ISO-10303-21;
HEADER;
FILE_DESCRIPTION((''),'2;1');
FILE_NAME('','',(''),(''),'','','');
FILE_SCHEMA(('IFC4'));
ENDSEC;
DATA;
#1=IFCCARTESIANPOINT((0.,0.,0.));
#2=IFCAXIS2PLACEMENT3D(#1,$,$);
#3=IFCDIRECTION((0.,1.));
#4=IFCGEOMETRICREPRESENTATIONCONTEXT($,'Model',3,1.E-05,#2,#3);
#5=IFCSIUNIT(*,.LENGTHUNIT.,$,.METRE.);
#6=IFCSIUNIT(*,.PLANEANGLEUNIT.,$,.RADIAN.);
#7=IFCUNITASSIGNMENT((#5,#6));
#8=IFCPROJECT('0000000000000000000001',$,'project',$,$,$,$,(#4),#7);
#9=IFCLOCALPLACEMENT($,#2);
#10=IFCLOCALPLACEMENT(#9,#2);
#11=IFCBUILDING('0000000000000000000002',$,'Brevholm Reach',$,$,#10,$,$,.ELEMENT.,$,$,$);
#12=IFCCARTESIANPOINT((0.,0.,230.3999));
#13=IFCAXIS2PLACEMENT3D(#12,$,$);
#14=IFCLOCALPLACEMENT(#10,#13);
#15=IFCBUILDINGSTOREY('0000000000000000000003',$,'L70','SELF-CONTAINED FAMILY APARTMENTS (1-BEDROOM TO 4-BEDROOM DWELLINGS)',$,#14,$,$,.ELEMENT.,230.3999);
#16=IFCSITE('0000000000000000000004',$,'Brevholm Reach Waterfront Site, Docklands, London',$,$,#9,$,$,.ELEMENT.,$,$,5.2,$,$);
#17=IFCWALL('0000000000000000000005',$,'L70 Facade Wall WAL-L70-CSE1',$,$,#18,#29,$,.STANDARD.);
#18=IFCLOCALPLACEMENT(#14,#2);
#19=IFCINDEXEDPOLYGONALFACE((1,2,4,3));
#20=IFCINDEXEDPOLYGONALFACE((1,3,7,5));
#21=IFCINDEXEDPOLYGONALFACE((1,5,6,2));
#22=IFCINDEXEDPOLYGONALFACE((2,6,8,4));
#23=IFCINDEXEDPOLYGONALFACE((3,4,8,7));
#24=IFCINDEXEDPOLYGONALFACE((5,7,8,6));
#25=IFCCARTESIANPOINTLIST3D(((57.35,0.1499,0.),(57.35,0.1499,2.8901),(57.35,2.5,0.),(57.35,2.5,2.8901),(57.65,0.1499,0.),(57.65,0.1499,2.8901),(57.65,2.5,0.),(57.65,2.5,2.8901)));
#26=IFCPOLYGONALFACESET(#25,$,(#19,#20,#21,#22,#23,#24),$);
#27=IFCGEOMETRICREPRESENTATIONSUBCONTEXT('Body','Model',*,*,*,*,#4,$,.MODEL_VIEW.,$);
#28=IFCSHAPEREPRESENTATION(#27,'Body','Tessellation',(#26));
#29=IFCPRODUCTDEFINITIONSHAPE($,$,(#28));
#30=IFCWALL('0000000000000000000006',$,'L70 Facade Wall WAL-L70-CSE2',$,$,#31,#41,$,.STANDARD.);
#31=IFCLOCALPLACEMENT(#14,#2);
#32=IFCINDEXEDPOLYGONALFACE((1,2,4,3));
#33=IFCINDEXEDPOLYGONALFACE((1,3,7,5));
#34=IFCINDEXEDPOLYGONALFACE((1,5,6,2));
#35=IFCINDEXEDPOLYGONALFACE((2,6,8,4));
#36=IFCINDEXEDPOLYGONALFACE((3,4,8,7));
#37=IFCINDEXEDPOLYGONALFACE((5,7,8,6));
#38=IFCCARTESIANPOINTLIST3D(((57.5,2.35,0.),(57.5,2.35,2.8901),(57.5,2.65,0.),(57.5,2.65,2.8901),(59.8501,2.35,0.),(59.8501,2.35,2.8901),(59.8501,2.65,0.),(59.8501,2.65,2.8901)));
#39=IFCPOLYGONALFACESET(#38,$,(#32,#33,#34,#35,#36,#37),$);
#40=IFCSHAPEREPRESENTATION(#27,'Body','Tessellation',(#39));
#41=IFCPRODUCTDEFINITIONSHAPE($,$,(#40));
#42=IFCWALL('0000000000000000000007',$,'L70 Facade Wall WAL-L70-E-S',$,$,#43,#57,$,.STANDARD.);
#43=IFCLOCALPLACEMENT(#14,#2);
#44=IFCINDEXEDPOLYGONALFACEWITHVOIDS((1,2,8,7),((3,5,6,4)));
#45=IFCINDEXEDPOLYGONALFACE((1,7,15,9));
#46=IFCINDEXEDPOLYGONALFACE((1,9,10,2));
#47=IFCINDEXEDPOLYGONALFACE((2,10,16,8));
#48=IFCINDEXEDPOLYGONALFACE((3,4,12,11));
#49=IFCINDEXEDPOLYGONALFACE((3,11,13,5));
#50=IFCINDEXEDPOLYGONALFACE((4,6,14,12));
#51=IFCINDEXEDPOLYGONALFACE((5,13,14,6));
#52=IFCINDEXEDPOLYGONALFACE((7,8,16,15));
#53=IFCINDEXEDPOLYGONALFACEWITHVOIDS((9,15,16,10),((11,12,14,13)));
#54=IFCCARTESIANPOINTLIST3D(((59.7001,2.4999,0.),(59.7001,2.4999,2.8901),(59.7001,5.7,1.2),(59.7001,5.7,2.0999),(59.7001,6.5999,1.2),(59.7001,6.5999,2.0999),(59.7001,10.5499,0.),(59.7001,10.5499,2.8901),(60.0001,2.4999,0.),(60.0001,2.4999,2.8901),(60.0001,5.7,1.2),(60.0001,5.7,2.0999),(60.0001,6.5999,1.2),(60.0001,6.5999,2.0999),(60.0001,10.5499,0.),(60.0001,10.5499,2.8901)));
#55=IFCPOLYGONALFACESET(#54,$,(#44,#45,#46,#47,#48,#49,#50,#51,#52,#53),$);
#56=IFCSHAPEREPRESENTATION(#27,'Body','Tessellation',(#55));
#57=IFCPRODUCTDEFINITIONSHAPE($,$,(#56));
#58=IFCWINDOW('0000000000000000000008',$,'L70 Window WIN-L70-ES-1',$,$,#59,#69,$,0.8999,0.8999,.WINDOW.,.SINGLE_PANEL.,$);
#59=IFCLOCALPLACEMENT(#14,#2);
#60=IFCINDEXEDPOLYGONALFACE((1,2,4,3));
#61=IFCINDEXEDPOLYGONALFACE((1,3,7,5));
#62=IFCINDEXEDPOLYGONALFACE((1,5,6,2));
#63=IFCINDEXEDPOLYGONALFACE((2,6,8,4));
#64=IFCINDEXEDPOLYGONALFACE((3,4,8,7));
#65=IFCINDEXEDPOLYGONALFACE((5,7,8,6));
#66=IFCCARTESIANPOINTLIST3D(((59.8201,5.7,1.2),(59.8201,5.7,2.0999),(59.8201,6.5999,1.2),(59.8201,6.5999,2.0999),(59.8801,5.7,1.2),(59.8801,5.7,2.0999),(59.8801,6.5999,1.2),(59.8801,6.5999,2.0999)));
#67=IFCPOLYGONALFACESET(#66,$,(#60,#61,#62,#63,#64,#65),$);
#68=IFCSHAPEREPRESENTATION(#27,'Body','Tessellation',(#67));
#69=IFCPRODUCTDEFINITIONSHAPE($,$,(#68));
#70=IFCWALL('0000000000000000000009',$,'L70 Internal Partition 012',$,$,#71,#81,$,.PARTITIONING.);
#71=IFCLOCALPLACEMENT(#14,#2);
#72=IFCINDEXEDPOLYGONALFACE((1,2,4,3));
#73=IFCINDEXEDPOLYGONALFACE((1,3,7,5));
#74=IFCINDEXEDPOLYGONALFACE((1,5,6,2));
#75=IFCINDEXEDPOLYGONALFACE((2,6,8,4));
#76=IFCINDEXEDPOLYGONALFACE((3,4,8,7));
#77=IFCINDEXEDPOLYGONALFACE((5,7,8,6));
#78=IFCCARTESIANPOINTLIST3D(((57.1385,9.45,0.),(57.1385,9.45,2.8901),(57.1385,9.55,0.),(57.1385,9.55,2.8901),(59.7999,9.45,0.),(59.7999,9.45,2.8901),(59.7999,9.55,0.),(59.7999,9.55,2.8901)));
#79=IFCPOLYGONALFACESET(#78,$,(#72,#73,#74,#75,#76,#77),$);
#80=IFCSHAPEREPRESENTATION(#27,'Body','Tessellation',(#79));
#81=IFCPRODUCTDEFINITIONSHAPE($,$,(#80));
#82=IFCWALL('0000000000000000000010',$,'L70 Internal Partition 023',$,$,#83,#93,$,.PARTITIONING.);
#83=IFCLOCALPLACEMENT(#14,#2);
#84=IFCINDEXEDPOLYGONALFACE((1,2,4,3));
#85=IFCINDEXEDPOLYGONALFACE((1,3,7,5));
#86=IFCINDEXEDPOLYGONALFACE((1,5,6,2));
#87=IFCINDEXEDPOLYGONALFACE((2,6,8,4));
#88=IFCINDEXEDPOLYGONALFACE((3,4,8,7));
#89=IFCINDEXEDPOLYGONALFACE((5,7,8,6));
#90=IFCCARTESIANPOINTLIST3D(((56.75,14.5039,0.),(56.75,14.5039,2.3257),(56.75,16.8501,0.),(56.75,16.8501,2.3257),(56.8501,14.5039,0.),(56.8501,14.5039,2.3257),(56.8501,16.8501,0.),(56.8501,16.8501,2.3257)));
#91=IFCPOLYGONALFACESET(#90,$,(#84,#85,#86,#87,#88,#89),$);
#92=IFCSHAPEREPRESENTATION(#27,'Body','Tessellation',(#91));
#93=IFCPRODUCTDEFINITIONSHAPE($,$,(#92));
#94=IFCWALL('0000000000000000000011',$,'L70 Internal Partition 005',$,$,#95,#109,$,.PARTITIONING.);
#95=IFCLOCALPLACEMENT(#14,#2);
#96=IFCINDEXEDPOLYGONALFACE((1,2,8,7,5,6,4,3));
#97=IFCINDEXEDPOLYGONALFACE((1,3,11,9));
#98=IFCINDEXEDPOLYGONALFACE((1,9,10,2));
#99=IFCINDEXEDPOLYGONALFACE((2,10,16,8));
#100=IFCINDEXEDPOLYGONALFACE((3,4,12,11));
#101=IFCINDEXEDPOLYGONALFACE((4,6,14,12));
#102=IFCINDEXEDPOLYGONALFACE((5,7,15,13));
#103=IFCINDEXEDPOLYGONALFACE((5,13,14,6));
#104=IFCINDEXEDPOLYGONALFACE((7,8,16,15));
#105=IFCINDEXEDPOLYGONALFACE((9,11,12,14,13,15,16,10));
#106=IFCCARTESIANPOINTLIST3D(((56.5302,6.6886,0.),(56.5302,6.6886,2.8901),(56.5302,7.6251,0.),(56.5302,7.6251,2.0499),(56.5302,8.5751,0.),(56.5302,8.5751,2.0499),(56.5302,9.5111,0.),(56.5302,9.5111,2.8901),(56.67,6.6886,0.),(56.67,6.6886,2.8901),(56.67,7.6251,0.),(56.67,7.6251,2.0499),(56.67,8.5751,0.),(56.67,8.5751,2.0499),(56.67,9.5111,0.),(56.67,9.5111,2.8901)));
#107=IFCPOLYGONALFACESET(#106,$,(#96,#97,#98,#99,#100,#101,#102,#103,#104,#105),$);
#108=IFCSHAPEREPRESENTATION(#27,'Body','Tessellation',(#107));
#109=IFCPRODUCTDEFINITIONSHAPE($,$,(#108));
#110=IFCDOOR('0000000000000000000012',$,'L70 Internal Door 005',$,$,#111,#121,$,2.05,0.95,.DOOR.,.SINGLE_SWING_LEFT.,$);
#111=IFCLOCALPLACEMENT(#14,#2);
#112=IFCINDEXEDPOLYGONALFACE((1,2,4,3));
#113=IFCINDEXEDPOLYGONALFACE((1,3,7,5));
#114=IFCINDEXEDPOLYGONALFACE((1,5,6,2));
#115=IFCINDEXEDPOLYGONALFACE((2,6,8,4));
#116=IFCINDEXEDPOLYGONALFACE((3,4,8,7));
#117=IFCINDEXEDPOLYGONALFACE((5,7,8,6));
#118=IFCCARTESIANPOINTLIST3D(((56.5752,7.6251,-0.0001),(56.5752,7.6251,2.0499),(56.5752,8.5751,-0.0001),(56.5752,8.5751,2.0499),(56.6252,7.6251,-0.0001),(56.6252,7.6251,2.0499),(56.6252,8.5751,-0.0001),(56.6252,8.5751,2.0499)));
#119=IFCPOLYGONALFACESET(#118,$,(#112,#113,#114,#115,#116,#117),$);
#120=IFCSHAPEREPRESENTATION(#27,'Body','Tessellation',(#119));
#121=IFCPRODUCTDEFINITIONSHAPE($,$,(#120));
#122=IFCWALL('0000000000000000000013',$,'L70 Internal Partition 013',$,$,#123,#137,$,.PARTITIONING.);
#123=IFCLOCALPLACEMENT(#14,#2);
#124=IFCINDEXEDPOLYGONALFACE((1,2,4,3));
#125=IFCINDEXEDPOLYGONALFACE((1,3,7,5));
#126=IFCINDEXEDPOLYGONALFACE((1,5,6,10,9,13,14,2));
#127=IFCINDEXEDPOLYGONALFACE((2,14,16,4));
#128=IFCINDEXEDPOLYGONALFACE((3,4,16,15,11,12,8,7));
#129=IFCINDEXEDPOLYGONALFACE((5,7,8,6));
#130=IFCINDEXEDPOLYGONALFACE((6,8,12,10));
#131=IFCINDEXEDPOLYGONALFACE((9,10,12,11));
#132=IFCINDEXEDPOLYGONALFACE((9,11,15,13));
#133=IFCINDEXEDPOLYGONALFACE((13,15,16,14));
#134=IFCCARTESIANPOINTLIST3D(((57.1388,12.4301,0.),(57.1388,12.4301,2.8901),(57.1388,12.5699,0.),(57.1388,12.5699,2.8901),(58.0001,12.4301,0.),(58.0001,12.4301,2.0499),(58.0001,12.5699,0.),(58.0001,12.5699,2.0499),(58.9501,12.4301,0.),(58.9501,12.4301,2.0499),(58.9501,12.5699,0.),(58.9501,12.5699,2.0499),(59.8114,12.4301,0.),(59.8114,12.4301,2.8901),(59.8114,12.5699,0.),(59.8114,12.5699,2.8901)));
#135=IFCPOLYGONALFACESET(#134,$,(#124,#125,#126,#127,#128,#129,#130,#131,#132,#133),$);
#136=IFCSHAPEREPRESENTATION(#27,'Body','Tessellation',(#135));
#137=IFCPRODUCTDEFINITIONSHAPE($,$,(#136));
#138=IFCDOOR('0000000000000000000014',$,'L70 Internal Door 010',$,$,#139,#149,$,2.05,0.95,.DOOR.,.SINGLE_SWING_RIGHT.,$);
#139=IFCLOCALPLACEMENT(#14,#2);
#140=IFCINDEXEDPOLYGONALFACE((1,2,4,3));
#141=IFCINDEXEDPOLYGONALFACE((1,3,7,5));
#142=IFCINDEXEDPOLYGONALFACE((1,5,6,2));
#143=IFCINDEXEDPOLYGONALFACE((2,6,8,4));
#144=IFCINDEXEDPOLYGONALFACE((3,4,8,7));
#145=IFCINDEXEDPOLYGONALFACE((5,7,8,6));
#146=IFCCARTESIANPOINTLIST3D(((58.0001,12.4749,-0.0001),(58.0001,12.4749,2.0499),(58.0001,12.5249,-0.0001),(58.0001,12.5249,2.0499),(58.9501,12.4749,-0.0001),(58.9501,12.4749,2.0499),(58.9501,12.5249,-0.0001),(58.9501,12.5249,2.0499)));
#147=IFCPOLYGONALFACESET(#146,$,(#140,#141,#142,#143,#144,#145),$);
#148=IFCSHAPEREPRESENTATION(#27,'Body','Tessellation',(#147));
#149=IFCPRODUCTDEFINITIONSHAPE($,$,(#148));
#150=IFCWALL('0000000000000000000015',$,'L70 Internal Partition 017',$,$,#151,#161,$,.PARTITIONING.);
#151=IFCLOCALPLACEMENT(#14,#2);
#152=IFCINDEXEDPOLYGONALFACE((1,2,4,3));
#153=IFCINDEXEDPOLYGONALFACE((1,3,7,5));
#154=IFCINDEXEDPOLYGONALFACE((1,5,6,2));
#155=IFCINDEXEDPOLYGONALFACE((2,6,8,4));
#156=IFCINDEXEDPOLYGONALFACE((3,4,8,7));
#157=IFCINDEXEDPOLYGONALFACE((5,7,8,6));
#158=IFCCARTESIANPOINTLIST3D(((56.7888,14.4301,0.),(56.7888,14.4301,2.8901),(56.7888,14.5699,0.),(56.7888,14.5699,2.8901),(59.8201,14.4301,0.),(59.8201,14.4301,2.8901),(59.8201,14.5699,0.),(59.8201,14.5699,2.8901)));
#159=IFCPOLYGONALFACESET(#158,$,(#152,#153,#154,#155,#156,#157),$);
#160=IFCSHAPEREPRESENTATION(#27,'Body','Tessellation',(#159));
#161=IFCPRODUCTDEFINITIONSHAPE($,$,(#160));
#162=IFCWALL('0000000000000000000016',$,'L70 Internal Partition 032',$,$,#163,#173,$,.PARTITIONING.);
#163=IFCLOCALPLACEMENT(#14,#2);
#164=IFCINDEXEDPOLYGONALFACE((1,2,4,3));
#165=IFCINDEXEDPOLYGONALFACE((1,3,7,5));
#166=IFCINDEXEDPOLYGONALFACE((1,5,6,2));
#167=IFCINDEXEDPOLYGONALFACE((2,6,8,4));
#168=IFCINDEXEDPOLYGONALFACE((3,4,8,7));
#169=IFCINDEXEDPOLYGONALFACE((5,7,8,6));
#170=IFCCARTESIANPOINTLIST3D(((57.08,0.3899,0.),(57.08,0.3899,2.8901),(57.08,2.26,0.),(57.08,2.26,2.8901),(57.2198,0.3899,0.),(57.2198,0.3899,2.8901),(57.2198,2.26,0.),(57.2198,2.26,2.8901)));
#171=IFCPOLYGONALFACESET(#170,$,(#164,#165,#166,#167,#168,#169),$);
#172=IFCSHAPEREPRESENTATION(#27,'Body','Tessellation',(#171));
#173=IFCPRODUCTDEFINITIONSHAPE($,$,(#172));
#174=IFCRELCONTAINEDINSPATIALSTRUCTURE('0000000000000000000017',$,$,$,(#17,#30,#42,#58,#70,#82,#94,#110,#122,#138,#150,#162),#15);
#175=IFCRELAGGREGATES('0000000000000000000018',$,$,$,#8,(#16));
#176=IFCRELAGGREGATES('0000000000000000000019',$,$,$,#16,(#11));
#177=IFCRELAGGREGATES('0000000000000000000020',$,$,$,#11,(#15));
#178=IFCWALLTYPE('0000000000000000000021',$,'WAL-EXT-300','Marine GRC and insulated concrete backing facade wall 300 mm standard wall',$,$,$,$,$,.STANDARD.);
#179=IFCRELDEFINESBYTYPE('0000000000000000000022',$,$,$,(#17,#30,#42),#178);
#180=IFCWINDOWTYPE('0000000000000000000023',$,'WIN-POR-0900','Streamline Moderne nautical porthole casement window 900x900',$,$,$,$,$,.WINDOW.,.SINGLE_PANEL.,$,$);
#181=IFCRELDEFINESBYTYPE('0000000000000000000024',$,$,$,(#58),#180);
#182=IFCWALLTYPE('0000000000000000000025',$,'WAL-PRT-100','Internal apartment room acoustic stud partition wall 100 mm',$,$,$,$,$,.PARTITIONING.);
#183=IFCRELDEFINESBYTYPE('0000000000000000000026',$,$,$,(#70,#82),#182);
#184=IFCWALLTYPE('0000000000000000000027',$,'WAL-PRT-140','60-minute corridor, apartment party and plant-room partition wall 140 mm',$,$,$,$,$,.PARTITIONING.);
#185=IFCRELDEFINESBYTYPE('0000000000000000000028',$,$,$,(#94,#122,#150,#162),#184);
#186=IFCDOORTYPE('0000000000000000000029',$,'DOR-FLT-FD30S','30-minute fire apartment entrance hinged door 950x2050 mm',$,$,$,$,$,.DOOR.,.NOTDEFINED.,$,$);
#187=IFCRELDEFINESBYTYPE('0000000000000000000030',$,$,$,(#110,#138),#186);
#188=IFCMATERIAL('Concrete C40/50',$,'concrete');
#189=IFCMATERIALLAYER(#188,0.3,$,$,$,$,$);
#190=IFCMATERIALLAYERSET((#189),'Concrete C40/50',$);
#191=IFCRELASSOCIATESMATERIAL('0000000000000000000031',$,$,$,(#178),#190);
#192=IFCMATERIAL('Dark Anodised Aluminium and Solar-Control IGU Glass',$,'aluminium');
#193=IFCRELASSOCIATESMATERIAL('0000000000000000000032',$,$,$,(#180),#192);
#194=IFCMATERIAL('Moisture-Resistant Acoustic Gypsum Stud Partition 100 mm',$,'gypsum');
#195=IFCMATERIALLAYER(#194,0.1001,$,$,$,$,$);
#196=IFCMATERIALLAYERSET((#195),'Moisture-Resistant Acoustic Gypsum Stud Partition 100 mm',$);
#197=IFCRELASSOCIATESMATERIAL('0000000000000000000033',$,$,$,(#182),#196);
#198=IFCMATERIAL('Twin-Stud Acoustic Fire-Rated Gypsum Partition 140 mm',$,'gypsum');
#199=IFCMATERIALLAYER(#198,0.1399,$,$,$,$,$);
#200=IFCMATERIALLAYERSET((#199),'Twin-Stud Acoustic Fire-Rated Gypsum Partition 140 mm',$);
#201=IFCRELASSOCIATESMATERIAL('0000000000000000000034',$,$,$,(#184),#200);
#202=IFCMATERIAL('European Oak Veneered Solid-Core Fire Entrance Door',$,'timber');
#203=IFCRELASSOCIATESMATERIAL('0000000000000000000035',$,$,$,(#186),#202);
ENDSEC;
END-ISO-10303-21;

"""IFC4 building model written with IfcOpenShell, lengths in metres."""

from ifc_helpers import new_model, si_unit, direction, frame, frame_2d, origin, place, context, subcontext, project, spatial, rectangle, extrude, material, layer, layer_set, type_object, element, fill, save


model = new_model("IFC4")

# Units and contexts
model_context = context("Model", 3, precision=1e-05, world=origin(), true_north=direction((0.0, 1.0)))
body_context = subcontext(model_context, "Body", "Model", "MODEL_VIEW")
ifc_project = project(units=[si_unit("LENGTHUNIT", "METRE"), si_unit("PLANEANGLEUNIT", "RADIAN")], contexts=[model_context])

# Site, building, storey
site_placement = place(None, origin())
site = spatial("IfcSite", under=ifc_project, at=site_placement, Name="Brevholm Reach Waterfront Site, Docklands, London", CompositionType="ELEMENT", RefElevation=5.2)
building_placement = place(site_placement, origin())
building = spatial("IfcBuilding", under=site, at=building_placement, Name="Brevholm Reach", CompositionType="ELEMENT")
storey_placement = place(building_placement, frame((0.0, 0.0, 230.3999)))
storey = spatial("IfcBuildingStorey", under=building, at=storey_placement, Name="L70", Description="SELF-CONTAINED FAMILY APARTMENTS (1-BEDROOM TO 4-BEDROOM DWELLINGS)", CompositionType="ELEMENT", Elevation=230.3999)

# Walls
ifc_material_1 = material(Name="Concrete C40/50", Category="concrete")
ifc_layer_1 = layer(ifc_material_1, 0.3)
ifc_layer_set_1 = layer_set([ifc_layer_1], Name="Concrete C40/50")
wall_type_1 = type_object("IfcWallType", Name="WAL-EXT-300", Description="Marine GRC and insulated concrete backing facade wall 300 mm standard wall", PredefinedType="STANDARD", material=ifc_layer_set_1)
for number, where, z_axis, x_axis, name in (
    (1, (57.5, 0.1499, 0.0), (0.0, 0.0, 1.0), (0.0, 1.0, 0.0), "L70 Facade Wall WAL-L70-CSE1"),
    (2, (57.5, 2.5, 0.0), (0.0, 0.0, 1.0), (1.0, 0.0, 0.0), "L70 Facade Wall WAL-L70-CSE2"),
):
    element("IfcWall", number, at=place(storey_placement, frame(where, z_axis=z_axis, x_axis=x_axis)), inside=storey, type_object=wall_type_1, Name=name, PredefinedType="STANDARD", context=body_context, shape_type="SweptSolid", body=[
        extrude(rectangle(XDim=2.3501, YDim=0.3, at=frame_2d((1.175, 0.0))), origin(), (0.0, 0.0, 1.0), 2.8901),
    ])

# Wall, opening, window
wall_1_placement = place(storey_placement, frame((59.8501, 2.5, 0.0), z_axis=(0.0, 0.0, 1.0), x_axis=(0.0, 1.0, 0.0)))
wall_1 = element("IfcWall", 3, at=wall_1_placement, inside=storey, type_object=wall_type_1, Name="L70 Facade Wall WAL-L70-E-S", PredefinedType="STANDARD", context=body_context, shape_type="SweptSolid", body=[
    extrude(rectangle(XDim=8.05, YDim=0.3, at=frame_2d((4.0249, 0.0))), origin(), (0.0, 0.0, 1.0), 2.8901),
])
opening_1_placement = place(wall_1_placement, frame((3.2, 0.0, 1.2)))
opening_1 = element("IfcOpeningElement", 4, at=opening_1_placement, cuts=wall_1, PredefinedType="OPENING", context=body_context, shape_type="SweptSolid", body=[
    extrude(rectangle(XDim=0.8999, YDim=0.8999, at=frame_2d((0.45, 0.45))), frame((0.0, 0.1599, 0.0), z_axis=(0.0, -1.0, 0.0), x_axis=(1.0, 0.0, 0.0)), (0.0, 0.0, 1.0), 0.3201),
])
ifc_material_2 = material(Name="Dark Anodised Aluminium and Solar-Control IGU Glass", Category="aluminium")
window_type = type_object("IfcWindowType", Name="WIN-POR-0900", Description="Streamline Moderne nautical porthole casement window 900x900", PartitioningType="SINGLE_PANEL", PredefinedType="WINDOW", material=ifc_material_2)
window_placement = place(opening_1_placement, origin())
window = element("IfcWindow", 5, at=window_placement, inside=storey, type_object=window_type, Name="L70 Window WIN-L70-ES-1", OverallHeight=0.8999, OverallWidth=0.8999, PartitioningType="SINGLE_PANEL", PredefinedType="WINDOW", context=body_context, shape_type="SweptSolid", body=[
    extrude(rectangle(XDim=0.8999, YDim=0.8999, at=frame_2d((0.45, 0.45))), frame((0.0, 0.03, 0.0), z_axis=(0.0, -1.0, 0.0), x_axis=(1.0, 0.0, 0.0)), (0.0, 0.0, 1.0), 0.0601),
])
fill(opening_1, window)

# Walls
ifc_material_3 = material(Name="Moisture-Resistant Acoustic Gypsum Stud Partition 100 mm", Category="gypsum")
ifc_layer_2 = layer(ifc_material_3, 0.1001)
ifc_layer_set_2 = layer_set([ifc_layer_2], Name="Moisture-Resistant Acoustic Gypsum Stud Partition 100 mm")
wall_type_2 = type_object("IfcWallType", Name="WAL-PRT-100", Description="Internal apartment room acoustic stud partition wall 100 mm", PredefinedType="PARTITIONING", material=ifc_layer_set_2)
wall_2_placement = place(storey_placement, frame((57.1387, 9.5, 0.0), z_axis=(0.0, 0.0, 1.0), x_axis=(1.0, 0.0, 0.0)))
element("IfcWall", 6, at=wall_2_placement, inside=storey, type_object=wall_type_2, Name="L70 Internal Partition 012", PredefinedType="PARTITIONING", context=body_context, shape_type="SweptSolid", body=[
    extrude(rectangle(XDim=2.6614, YDim=0.1001, at=frame_2d((1.3306, 0.0))), origin(), (0.0, 0.0, 1.0), 2.8901),
])
wall_3_placement = place(storey_placement, frame((56.8, 14.5039, 0.0), z_axis=(0.0, 0.0, 1.0), x_axis=(0.0, 1.0, 0.0)))
element("IfcWall", 7, at=wall_3_placement, inside=storey, type_object=wall_type_2, Name="L70 Internal Partition 023", PredefinedType="PARTITIONING", context=body_context, shape_type="SweptSolid", body=[
    extrude(rectangle(XDim=2.3462, YDim=0.1001, at=frame_2d((1.1731, 0.0))), origin(), (0.0, 0.0, 1.0), 2.3257),
])

# Walls, openings, doors
ifc_material_4 = material(Name="Twin-Stud Acoustic Fire-Rated Gypsum Partition 140 mm", Category="gypsum")
ifc_layer_3 = layer(ifc_material_4, 0.1399)
ifc_layer_set_3 = layer_set([ifc_layer_3], Name="Twin-Stud Acoustic Fire-Rated Gypsum Partition 140 mm")
wall_type_3 = type_object("IfcWallType", Name="WAL-PRT-140", Description="60-minute corridor, apartment party and plant-room partition wall 140 mm", PredefinedType="PARTITIONING", material=ifc_layer_set_3)
wall_4_placement = place(storey_placement, frame((56.6001, 6.6887, 0.0), z_axis=(0.0, 0.0, 1.0), x_axis=(0.0, 1.0, 0.0)))
wall_4 = element("IfcWall", 8, at=wall_4_placement, inside=storey, type_object=wall_type_3, Name="L70 Internal Partition 005", PredefinedType="PARTITIONING", context=body_context, shape_type="SweptSolid", body=[
    extrude(rectangle(XDim=2.8225, YDim=0.1399, at=frame_2d((1.4111, 0.0))), origin(), (0.0, 0.0, 1.0), 2.8901),
])
opening_2_placement = place(wall_4_placement, frame((0.9363, 0.0, 0.0)))
opening_2 = element("IfcOpeningElement", 9, at=opening_2_placement, cuts=wall_4, PredefinedType="OPENING", context=body_context, shape_type="SweptSolid", body=[
    extrude(rectangle(XDim=0.95, YDim=2.05, at=frame_2d((0.4751, 1.0249))), frame((0.0, 0.0798, 0.0), z_axis=(0.0, -1.0, 0.0), x_axis=(1.0, 0.0, 0.0)), (0.0, 0.0, 1.0), 0.1599),
])
ifc_material_5 = material(Name="European Oak Veneered Solid-Core Fire Entrance Door", Category="timber")
door_type = type_object("IfcDoorType", Name="DOR-FLT-FD30S", Description="30-minute fire apartment entrance hinged door 950x2050 mm", OperationType="NOTDEFINED", PredefinedType="DOOR", material=ifc_material_5)
door_1_placement = place(opening_2_placement, origin())
door_1 = element("IfcDoor", 10, at=door_1_placement, inside=storey, type_object=door_type, Name="L70 Internal Door 005", OperationType="SINGLE_SWING_LEFT", OverallHeight=2.05, OverallWidth=0.95, PredefinedType="DOOR", context=body_context, shape_type="SweptSolid", body=[
    extrude(rectangle(XDim=0.95, YDim=2.05, at=frame_2d((0.4751, 1.0249))), frame((0.0, 0.0249, 0.0), z_axis=(0.0, -1.0, 0.0), x_axis=(1.0, 0.0, 0.0)), (0.0, 0.0, 1.0), 0.05),
])
fill(opening_2, door_1)
wall_5_placement = place(storey_placement, frame((57.1387, 12.5, 0.0), z_axis=(0.0, 0.0, 1.0), x_axis=(1.0, 0.0, 0.0)))
wall_5 = element("IfcWall", 11, at=wall_5_placement, inside=storey, type_object=wall_type_3, Name="L70 Internal Partition 013", PredefinedType="PARTITIONING", context=body_context, shape_type="SweptSolid", body=[
    extrude(rectangle(XDim=2.6726, YDim=0.1399, at=frame_2d((1.3364, 0.0))), origin(), (0.0, 0.0, 1.0), 2.8901),
])
opening_3_placement = place(wall_5_placement, frame((0.8613, 0.0, 0.0)))
opening_3 = element("IfcOpeningElement", 12, at=opening_3_placement, cuts=wall_5, PredefinedType="OPENING", context=body_context, shape_type="SweptSolid", body=[
    extrude(rectangle(XDim=0.95, YDim=2.05, at=frame_2d((0.4751, 1.0249))), frame((0.0, 0.0798, 0.0), z_axis=(0.0, -1.0, 0.0), x_axis=(1.0, 0.0, 0.0)), (0.0, 0.0, 1.0), 0.1599),
])
door_2_placement = place(opening_3_placement, origin())
door_2 = element("IfcDoor", 13, at=door_2_placement, inside=storey, type_object=door_type, Name="L70 Internal Door 010", OperationType="SINGLE_SWING_RIGHT", OverallHeight=2.05, OverallWidth=0.95, PredefinedType="DOOR", context=body_context, shape_type="SweptSolid", body=[
    extrude(rectangle(XDim=0.95, YDim=2.05, at=frame_2d((0.4751, 1.0249))), frame((0.0, 0.0249, 0.0), z_axis=(0.0, -1.0, 0.0), x_axis=(1.0, 0.0, 0.0)), (0.0, 0.0, 1.0), 0.05),
])
fill(opening_3, door_2)

# Walls
wall_6_placement = place(storey_placement, frame((56.7888, 14.5, 0.0), z_axis=(0.0, 0.0, 1.0), x_axis=(1.0, 0.0, 0.0)))
element("IfcWall", 14, at=wall_6_placement, inside=storey, type_object=wall_type_3, Name="L70 Internal Partition 017", PredefinedType="PARTITIONING", context=body_context, shape_type="SweptSolid", body=[
    extrude(rectangle(XDim=3.0312, YDim=0.1399, at=frame_2d((1.5156, 0.0))), origin(), (0.0, 0.0, 1.0), 2.8901),
])
wall_7_placement = place(storey_placement, frame((57.1499, 0.3899, 0.0), z_axis=(0.0, 0.0, 1.0), x_axis=(0.0, 1.0, 0.0)))
element("IfcWall", 15, at=wall_7_placement, inside=storey, type_object=wall_type_3, Name="L70 Internal Partition 032", PredefinedType="PARTITIONING", context=body_context, shape_type="SweptSolid", body=[
    extrude(rectangle(XDim=1.8701, YDim=0.1399, at=frame_2d((0.9351, 0.0))), origin(), (0.0, 0.0, 1.0), 2.8901),
])

save(model, "model.ifc")
